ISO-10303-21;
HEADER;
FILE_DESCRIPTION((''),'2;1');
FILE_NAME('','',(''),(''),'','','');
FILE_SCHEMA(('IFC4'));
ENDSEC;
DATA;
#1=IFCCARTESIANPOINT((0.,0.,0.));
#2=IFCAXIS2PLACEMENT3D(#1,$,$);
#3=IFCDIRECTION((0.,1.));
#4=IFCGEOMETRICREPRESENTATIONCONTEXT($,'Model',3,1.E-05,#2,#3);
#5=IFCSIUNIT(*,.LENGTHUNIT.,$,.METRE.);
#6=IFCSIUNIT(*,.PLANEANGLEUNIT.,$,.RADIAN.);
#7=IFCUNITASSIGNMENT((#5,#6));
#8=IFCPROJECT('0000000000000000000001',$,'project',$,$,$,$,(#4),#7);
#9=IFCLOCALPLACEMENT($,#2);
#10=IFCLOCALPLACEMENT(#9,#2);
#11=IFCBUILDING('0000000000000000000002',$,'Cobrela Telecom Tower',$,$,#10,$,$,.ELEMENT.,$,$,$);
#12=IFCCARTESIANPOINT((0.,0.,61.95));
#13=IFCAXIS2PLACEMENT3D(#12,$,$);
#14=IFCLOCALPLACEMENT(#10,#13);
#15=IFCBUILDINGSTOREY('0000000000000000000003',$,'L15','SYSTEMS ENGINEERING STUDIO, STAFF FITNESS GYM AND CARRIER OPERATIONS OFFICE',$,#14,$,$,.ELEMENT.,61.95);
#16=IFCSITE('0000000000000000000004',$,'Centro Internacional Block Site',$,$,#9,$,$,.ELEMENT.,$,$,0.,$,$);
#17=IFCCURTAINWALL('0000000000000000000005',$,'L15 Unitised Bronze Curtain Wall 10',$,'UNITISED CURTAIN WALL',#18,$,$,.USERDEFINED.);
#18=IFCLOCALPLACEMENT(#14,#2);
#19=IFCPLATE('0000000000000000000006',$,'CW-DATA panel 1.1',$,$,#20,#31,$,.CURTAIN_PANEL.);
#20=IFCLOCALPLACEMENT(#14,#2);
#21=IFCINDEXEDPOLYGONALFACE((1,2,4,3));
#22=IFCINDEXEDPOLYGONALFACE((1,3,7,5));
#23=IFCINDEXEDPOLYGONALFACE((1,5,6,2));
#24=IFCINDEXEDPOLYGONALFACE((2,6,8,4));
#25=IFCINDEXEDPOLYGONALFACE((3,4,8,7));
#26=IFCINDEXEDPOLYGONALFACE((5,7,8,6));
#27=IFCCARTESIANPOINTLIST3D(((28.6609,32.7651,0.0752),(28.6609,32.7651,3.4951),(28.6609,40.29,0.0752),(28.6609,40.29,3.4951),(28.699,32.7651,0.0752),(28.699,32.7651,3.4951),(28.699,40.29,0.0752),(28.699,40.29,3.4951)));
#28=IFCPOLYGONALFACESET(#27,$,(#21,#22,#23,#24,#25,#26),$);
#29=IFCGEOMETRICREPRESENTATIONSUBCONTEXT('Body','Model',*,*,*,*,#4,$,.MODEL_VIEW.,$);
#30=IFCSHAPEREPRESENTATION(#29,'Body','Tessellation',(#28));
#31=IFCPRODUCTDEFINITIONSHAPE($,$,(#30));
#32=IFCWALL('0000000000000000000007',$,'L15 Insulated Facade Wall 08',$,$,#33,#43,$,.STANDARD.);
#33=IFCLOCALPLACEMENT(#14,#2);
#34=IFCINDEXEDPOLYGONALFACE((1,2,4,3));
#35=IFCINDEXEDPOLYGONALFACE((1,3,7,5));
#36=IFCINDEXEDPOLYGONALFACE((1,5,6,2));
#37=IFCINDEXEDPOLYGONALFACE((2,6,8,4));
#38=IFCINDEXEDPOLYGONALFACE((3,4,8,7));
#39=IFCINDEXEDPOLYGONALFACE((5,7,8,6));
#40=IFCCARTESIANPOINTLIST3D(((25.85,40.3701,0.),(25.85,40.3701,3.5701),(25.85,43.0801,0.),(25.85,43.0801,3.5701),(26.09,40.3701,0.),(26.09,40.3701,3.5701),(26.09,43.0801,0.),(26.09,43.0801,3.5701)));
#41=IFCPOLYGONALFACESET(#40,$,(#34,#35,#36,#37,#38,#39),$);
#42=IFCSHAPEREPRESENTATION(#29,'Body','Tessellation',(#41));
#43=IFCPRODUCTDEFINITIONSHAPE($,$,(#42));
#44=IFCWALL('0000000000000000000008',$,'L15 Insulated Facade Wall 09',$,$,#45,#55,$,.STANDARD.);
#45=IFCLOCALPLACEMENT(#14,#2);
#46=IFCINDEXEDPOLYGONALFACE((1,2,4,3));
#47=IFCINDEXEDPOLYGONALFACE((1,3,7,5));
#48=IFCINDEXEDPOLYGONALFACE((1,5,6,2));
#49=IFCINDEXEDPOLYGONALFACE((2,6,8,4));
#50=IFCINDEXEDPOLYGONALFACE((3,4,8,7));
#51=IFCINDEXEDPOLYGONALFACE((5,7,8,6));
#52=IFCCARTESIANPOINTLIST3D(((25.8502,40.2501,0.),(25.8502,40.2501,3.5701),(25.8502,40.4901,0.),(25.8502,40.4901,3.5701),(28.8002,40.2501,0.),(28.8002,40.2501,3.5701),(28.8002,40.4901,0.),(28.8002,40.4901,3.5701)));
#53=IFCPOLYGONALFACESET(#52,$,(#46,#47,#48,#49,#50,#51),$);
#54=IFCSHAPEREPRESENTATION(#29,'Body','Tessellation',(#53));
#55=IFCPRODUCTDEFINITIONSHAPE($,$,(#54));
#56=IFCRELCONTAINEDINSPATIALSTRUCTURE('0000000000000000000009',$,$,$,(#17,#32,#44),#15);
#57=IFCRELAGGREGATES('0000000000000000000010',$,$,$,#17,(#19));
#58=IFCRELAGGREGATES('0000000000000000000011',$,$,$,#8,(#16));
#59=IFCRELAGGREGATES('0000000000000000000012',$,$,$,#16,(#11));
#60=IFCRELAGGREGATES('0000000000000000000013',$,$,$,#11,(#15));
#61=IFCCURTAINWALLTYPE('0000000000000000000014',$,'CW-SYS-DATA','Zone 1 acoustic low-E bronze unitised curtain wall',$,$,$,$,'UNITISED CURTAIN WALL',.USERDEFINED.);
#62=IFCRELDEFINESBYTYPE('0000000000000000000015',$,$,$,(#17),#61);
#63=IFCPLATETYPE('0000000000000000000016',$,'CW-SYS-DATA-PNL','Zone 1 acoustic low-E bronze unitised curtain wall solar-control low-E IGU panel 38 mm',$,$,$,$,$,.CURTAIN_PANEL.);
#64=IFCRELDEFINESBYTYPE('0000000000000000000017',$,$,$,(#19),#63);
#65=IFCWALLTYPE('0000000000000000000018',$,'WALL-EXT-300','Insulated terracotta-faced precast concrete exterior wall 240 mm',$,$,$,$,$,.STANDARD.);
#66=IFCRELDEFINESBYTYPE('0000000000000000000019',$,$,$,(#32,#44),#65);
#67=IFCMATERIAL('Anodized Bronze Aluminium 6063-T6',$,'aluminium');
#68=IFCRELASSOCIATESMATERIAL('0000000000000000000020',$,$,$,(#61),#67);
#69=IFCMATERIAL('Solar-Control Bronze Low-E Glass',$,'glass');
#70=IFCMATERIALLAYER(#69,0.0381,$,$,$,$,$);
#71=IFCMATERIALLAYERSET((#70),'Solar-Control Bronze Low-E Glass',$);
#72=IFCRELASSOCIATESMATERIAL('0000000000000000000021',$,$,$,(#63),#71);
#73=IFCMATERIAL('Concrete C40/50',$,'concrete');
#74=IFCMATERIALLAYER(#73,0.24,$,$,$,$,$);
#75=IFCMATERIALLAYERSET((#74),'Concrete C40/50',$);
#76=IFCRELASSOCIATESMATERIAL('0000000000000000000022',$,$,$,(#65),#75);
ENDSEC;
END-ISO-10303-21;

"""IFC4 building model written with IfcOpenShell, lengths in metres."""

from ifc_helpers import new_model, si_unit, direction, frame, frame_2d, origin, origin_2d, place, context, subcontext, project, spatial, rectangle, extrude, material, layer, layer_set, type_object, element, aggregate, save


model = new_model("IFC4")

# Units and contexts
model_context = context("Model", 3, precision=1e-05, world=origin(), true_north=direction((0.0, 1.0)))
body_context = subcontext(model_context, "Body", "Model", "MODEL_VIEW")
ifc_project = project(units=[si_unit("LENGTHUNIT", "METRE"), si_unit("PLANEANGLEUNIT", "RADIAN")], contexts=[model_context])

# Site, building, storey
site_placement = place(None, origin())
site = spatial("IfcSite", under=ifc_project, at=site_placement, Name="Centro Internacional Block Site", CompositionType="ELEMENT", RefElevation=0.0)
building_placement = place(site_placement, origin())
building = spatial("IfcBuilding", under=site, at=building_placement, Name="Cobrela Telecom Tower", CompositionType="ELEMENT")
storey_placement = place(building_placement, frame((0.0, 0.0, 61.95)))
storey = spatial("IfcBuildingStorey", under=building, at=storey_placement, Name="L15", Description="SYSTEMS ENGINEERING STUDIO, STAFF FITNESS GYM AND CARRIER OPERATIONS OFFICE", CompositionType="ELEMENT", Elevation=61.95)

# Curtain wall
ifc_material_1 = material(Name="Anodized Bronze Aluminium 6063-T6", Category="aluminium")
curtain_wall_type = type_object("IfcCurtainWallType", Name="CW-SYS-DATA", Description="Zone 1 acoustic low-E bronze unitised curtain wall", ElementType="UNITISED CURTAIN WALL", PredefinedType="USERDEFINED", material=ifc_material_1)
curtain_wall_1_placement = place(storey_placement, origin())
curtain_wall_1 = element("IfcCurtainWall", 1, at=curtain_wall_1_placement, inside=storey, type_object=curtain_wall_type, Name="L15 Unitised Bronze Curtain Wall 10", ObjectType="UNITISED CURTAIN WALL", PredefinedType="USERDEFINED")

# Plate
ifc_material_2 = material(Name="Solar-Control Bronze Low-E Glass", Category="glass")
ifc_layer_1 = layer(ifc_material_2, 0.0381)
ifc_layer_set_1 = layer_set([ifc_layer_1], Name="Solar-Control Bronze Low-E Glass")
plate_type = type_object("IfcPlateType", Name="CW-SYS-DATA-PNL", Description="Zone 1 acoustic low-E bronze unitised curtain wall solar-control low-E IGU panel 38 mm", PredefinedType="CURTAIN_PANEL", material=ifc_layer_set_1)
plate_1_placement = place(storey_placement, frame((28.6799, 36.5276, 0.0752), z_axis=(0.0, 0.0, 1.0), x_axis=(0.0, -1.0, 0.0)))
plate_1 = element("IfcPlate", 2, at=plate_1_placement, type_object=plate_type, Name="CW-DATA panel 1.1", PredefinedType="CURTAIN_PANEL", context=body_context, shape_type="SweptSolid", body=[
    extrude(rectangle(XDim=7.5249, YDim=0.0381, at=origin_2d()), origin(), (0.0, 0.0, 1.0), 3.4199),
])
aggregate(curtain_wall_1, [plate_1])

# Walls
ifc_material_3 = material(Name="Concrete C40/50", Category="concrete")
ifc_layer_2 = layer(ifc_material_3, 0.24)
ifc_layer_set_2 = layer_set([ifc_layer_2], Name="Concrete C40/50")
wall_type = type_object("IfcWallType", Name="WALL-EXT-300", Description="Insulated terracotta-faced precast concrete exterior wall 240 mm", PredefinedType="STANDARD", material=ifc_layer_set_2)
wall_1_placement = place(storey_placement, frame((25.97, 43.0801, 0.0), z_axis=(0.0, 0.0, 1.0), x_axis=(0.0, -1.0, 0.0)))
element("IfcWall", 3, at=wall_1_placement, inside=storey, type_object=wall_type, Name="L15 Insulated Facade Wall 08", PredefinedType="STANDARD", context=body_context, shape_type="SweptSolid", body=[
    extrude(rectangle(XDim=2.71, YDim=0.24, at=frame_2d((1.355, 0.0))), origin(), (0.0, 0.0, 1.0), 3.5701),
])
wall_2_placement = place(storey_placement, frame((25.8501, 40.3701, 0.0), z_axis=(0.0, 0.0, 1.0), x_axis=(1.0, 0.0, 0.0)))
element("IfcWall", 4, at=wall_2_placement, inside=storey, type_object=wall_type, Name="L15 Insulated Facade Wall 09", PredefinedType="STANDARD", context=body_context, shape_type="SweptSolid", body=[
    extrude(rectangle(XDim=2.95, YDim=0.24, at=frame_2d((1.4751, 0.0))), origin(), (0.0, 0.0, 1.0), 3.5701),
])

save(model, "model.ifc")
